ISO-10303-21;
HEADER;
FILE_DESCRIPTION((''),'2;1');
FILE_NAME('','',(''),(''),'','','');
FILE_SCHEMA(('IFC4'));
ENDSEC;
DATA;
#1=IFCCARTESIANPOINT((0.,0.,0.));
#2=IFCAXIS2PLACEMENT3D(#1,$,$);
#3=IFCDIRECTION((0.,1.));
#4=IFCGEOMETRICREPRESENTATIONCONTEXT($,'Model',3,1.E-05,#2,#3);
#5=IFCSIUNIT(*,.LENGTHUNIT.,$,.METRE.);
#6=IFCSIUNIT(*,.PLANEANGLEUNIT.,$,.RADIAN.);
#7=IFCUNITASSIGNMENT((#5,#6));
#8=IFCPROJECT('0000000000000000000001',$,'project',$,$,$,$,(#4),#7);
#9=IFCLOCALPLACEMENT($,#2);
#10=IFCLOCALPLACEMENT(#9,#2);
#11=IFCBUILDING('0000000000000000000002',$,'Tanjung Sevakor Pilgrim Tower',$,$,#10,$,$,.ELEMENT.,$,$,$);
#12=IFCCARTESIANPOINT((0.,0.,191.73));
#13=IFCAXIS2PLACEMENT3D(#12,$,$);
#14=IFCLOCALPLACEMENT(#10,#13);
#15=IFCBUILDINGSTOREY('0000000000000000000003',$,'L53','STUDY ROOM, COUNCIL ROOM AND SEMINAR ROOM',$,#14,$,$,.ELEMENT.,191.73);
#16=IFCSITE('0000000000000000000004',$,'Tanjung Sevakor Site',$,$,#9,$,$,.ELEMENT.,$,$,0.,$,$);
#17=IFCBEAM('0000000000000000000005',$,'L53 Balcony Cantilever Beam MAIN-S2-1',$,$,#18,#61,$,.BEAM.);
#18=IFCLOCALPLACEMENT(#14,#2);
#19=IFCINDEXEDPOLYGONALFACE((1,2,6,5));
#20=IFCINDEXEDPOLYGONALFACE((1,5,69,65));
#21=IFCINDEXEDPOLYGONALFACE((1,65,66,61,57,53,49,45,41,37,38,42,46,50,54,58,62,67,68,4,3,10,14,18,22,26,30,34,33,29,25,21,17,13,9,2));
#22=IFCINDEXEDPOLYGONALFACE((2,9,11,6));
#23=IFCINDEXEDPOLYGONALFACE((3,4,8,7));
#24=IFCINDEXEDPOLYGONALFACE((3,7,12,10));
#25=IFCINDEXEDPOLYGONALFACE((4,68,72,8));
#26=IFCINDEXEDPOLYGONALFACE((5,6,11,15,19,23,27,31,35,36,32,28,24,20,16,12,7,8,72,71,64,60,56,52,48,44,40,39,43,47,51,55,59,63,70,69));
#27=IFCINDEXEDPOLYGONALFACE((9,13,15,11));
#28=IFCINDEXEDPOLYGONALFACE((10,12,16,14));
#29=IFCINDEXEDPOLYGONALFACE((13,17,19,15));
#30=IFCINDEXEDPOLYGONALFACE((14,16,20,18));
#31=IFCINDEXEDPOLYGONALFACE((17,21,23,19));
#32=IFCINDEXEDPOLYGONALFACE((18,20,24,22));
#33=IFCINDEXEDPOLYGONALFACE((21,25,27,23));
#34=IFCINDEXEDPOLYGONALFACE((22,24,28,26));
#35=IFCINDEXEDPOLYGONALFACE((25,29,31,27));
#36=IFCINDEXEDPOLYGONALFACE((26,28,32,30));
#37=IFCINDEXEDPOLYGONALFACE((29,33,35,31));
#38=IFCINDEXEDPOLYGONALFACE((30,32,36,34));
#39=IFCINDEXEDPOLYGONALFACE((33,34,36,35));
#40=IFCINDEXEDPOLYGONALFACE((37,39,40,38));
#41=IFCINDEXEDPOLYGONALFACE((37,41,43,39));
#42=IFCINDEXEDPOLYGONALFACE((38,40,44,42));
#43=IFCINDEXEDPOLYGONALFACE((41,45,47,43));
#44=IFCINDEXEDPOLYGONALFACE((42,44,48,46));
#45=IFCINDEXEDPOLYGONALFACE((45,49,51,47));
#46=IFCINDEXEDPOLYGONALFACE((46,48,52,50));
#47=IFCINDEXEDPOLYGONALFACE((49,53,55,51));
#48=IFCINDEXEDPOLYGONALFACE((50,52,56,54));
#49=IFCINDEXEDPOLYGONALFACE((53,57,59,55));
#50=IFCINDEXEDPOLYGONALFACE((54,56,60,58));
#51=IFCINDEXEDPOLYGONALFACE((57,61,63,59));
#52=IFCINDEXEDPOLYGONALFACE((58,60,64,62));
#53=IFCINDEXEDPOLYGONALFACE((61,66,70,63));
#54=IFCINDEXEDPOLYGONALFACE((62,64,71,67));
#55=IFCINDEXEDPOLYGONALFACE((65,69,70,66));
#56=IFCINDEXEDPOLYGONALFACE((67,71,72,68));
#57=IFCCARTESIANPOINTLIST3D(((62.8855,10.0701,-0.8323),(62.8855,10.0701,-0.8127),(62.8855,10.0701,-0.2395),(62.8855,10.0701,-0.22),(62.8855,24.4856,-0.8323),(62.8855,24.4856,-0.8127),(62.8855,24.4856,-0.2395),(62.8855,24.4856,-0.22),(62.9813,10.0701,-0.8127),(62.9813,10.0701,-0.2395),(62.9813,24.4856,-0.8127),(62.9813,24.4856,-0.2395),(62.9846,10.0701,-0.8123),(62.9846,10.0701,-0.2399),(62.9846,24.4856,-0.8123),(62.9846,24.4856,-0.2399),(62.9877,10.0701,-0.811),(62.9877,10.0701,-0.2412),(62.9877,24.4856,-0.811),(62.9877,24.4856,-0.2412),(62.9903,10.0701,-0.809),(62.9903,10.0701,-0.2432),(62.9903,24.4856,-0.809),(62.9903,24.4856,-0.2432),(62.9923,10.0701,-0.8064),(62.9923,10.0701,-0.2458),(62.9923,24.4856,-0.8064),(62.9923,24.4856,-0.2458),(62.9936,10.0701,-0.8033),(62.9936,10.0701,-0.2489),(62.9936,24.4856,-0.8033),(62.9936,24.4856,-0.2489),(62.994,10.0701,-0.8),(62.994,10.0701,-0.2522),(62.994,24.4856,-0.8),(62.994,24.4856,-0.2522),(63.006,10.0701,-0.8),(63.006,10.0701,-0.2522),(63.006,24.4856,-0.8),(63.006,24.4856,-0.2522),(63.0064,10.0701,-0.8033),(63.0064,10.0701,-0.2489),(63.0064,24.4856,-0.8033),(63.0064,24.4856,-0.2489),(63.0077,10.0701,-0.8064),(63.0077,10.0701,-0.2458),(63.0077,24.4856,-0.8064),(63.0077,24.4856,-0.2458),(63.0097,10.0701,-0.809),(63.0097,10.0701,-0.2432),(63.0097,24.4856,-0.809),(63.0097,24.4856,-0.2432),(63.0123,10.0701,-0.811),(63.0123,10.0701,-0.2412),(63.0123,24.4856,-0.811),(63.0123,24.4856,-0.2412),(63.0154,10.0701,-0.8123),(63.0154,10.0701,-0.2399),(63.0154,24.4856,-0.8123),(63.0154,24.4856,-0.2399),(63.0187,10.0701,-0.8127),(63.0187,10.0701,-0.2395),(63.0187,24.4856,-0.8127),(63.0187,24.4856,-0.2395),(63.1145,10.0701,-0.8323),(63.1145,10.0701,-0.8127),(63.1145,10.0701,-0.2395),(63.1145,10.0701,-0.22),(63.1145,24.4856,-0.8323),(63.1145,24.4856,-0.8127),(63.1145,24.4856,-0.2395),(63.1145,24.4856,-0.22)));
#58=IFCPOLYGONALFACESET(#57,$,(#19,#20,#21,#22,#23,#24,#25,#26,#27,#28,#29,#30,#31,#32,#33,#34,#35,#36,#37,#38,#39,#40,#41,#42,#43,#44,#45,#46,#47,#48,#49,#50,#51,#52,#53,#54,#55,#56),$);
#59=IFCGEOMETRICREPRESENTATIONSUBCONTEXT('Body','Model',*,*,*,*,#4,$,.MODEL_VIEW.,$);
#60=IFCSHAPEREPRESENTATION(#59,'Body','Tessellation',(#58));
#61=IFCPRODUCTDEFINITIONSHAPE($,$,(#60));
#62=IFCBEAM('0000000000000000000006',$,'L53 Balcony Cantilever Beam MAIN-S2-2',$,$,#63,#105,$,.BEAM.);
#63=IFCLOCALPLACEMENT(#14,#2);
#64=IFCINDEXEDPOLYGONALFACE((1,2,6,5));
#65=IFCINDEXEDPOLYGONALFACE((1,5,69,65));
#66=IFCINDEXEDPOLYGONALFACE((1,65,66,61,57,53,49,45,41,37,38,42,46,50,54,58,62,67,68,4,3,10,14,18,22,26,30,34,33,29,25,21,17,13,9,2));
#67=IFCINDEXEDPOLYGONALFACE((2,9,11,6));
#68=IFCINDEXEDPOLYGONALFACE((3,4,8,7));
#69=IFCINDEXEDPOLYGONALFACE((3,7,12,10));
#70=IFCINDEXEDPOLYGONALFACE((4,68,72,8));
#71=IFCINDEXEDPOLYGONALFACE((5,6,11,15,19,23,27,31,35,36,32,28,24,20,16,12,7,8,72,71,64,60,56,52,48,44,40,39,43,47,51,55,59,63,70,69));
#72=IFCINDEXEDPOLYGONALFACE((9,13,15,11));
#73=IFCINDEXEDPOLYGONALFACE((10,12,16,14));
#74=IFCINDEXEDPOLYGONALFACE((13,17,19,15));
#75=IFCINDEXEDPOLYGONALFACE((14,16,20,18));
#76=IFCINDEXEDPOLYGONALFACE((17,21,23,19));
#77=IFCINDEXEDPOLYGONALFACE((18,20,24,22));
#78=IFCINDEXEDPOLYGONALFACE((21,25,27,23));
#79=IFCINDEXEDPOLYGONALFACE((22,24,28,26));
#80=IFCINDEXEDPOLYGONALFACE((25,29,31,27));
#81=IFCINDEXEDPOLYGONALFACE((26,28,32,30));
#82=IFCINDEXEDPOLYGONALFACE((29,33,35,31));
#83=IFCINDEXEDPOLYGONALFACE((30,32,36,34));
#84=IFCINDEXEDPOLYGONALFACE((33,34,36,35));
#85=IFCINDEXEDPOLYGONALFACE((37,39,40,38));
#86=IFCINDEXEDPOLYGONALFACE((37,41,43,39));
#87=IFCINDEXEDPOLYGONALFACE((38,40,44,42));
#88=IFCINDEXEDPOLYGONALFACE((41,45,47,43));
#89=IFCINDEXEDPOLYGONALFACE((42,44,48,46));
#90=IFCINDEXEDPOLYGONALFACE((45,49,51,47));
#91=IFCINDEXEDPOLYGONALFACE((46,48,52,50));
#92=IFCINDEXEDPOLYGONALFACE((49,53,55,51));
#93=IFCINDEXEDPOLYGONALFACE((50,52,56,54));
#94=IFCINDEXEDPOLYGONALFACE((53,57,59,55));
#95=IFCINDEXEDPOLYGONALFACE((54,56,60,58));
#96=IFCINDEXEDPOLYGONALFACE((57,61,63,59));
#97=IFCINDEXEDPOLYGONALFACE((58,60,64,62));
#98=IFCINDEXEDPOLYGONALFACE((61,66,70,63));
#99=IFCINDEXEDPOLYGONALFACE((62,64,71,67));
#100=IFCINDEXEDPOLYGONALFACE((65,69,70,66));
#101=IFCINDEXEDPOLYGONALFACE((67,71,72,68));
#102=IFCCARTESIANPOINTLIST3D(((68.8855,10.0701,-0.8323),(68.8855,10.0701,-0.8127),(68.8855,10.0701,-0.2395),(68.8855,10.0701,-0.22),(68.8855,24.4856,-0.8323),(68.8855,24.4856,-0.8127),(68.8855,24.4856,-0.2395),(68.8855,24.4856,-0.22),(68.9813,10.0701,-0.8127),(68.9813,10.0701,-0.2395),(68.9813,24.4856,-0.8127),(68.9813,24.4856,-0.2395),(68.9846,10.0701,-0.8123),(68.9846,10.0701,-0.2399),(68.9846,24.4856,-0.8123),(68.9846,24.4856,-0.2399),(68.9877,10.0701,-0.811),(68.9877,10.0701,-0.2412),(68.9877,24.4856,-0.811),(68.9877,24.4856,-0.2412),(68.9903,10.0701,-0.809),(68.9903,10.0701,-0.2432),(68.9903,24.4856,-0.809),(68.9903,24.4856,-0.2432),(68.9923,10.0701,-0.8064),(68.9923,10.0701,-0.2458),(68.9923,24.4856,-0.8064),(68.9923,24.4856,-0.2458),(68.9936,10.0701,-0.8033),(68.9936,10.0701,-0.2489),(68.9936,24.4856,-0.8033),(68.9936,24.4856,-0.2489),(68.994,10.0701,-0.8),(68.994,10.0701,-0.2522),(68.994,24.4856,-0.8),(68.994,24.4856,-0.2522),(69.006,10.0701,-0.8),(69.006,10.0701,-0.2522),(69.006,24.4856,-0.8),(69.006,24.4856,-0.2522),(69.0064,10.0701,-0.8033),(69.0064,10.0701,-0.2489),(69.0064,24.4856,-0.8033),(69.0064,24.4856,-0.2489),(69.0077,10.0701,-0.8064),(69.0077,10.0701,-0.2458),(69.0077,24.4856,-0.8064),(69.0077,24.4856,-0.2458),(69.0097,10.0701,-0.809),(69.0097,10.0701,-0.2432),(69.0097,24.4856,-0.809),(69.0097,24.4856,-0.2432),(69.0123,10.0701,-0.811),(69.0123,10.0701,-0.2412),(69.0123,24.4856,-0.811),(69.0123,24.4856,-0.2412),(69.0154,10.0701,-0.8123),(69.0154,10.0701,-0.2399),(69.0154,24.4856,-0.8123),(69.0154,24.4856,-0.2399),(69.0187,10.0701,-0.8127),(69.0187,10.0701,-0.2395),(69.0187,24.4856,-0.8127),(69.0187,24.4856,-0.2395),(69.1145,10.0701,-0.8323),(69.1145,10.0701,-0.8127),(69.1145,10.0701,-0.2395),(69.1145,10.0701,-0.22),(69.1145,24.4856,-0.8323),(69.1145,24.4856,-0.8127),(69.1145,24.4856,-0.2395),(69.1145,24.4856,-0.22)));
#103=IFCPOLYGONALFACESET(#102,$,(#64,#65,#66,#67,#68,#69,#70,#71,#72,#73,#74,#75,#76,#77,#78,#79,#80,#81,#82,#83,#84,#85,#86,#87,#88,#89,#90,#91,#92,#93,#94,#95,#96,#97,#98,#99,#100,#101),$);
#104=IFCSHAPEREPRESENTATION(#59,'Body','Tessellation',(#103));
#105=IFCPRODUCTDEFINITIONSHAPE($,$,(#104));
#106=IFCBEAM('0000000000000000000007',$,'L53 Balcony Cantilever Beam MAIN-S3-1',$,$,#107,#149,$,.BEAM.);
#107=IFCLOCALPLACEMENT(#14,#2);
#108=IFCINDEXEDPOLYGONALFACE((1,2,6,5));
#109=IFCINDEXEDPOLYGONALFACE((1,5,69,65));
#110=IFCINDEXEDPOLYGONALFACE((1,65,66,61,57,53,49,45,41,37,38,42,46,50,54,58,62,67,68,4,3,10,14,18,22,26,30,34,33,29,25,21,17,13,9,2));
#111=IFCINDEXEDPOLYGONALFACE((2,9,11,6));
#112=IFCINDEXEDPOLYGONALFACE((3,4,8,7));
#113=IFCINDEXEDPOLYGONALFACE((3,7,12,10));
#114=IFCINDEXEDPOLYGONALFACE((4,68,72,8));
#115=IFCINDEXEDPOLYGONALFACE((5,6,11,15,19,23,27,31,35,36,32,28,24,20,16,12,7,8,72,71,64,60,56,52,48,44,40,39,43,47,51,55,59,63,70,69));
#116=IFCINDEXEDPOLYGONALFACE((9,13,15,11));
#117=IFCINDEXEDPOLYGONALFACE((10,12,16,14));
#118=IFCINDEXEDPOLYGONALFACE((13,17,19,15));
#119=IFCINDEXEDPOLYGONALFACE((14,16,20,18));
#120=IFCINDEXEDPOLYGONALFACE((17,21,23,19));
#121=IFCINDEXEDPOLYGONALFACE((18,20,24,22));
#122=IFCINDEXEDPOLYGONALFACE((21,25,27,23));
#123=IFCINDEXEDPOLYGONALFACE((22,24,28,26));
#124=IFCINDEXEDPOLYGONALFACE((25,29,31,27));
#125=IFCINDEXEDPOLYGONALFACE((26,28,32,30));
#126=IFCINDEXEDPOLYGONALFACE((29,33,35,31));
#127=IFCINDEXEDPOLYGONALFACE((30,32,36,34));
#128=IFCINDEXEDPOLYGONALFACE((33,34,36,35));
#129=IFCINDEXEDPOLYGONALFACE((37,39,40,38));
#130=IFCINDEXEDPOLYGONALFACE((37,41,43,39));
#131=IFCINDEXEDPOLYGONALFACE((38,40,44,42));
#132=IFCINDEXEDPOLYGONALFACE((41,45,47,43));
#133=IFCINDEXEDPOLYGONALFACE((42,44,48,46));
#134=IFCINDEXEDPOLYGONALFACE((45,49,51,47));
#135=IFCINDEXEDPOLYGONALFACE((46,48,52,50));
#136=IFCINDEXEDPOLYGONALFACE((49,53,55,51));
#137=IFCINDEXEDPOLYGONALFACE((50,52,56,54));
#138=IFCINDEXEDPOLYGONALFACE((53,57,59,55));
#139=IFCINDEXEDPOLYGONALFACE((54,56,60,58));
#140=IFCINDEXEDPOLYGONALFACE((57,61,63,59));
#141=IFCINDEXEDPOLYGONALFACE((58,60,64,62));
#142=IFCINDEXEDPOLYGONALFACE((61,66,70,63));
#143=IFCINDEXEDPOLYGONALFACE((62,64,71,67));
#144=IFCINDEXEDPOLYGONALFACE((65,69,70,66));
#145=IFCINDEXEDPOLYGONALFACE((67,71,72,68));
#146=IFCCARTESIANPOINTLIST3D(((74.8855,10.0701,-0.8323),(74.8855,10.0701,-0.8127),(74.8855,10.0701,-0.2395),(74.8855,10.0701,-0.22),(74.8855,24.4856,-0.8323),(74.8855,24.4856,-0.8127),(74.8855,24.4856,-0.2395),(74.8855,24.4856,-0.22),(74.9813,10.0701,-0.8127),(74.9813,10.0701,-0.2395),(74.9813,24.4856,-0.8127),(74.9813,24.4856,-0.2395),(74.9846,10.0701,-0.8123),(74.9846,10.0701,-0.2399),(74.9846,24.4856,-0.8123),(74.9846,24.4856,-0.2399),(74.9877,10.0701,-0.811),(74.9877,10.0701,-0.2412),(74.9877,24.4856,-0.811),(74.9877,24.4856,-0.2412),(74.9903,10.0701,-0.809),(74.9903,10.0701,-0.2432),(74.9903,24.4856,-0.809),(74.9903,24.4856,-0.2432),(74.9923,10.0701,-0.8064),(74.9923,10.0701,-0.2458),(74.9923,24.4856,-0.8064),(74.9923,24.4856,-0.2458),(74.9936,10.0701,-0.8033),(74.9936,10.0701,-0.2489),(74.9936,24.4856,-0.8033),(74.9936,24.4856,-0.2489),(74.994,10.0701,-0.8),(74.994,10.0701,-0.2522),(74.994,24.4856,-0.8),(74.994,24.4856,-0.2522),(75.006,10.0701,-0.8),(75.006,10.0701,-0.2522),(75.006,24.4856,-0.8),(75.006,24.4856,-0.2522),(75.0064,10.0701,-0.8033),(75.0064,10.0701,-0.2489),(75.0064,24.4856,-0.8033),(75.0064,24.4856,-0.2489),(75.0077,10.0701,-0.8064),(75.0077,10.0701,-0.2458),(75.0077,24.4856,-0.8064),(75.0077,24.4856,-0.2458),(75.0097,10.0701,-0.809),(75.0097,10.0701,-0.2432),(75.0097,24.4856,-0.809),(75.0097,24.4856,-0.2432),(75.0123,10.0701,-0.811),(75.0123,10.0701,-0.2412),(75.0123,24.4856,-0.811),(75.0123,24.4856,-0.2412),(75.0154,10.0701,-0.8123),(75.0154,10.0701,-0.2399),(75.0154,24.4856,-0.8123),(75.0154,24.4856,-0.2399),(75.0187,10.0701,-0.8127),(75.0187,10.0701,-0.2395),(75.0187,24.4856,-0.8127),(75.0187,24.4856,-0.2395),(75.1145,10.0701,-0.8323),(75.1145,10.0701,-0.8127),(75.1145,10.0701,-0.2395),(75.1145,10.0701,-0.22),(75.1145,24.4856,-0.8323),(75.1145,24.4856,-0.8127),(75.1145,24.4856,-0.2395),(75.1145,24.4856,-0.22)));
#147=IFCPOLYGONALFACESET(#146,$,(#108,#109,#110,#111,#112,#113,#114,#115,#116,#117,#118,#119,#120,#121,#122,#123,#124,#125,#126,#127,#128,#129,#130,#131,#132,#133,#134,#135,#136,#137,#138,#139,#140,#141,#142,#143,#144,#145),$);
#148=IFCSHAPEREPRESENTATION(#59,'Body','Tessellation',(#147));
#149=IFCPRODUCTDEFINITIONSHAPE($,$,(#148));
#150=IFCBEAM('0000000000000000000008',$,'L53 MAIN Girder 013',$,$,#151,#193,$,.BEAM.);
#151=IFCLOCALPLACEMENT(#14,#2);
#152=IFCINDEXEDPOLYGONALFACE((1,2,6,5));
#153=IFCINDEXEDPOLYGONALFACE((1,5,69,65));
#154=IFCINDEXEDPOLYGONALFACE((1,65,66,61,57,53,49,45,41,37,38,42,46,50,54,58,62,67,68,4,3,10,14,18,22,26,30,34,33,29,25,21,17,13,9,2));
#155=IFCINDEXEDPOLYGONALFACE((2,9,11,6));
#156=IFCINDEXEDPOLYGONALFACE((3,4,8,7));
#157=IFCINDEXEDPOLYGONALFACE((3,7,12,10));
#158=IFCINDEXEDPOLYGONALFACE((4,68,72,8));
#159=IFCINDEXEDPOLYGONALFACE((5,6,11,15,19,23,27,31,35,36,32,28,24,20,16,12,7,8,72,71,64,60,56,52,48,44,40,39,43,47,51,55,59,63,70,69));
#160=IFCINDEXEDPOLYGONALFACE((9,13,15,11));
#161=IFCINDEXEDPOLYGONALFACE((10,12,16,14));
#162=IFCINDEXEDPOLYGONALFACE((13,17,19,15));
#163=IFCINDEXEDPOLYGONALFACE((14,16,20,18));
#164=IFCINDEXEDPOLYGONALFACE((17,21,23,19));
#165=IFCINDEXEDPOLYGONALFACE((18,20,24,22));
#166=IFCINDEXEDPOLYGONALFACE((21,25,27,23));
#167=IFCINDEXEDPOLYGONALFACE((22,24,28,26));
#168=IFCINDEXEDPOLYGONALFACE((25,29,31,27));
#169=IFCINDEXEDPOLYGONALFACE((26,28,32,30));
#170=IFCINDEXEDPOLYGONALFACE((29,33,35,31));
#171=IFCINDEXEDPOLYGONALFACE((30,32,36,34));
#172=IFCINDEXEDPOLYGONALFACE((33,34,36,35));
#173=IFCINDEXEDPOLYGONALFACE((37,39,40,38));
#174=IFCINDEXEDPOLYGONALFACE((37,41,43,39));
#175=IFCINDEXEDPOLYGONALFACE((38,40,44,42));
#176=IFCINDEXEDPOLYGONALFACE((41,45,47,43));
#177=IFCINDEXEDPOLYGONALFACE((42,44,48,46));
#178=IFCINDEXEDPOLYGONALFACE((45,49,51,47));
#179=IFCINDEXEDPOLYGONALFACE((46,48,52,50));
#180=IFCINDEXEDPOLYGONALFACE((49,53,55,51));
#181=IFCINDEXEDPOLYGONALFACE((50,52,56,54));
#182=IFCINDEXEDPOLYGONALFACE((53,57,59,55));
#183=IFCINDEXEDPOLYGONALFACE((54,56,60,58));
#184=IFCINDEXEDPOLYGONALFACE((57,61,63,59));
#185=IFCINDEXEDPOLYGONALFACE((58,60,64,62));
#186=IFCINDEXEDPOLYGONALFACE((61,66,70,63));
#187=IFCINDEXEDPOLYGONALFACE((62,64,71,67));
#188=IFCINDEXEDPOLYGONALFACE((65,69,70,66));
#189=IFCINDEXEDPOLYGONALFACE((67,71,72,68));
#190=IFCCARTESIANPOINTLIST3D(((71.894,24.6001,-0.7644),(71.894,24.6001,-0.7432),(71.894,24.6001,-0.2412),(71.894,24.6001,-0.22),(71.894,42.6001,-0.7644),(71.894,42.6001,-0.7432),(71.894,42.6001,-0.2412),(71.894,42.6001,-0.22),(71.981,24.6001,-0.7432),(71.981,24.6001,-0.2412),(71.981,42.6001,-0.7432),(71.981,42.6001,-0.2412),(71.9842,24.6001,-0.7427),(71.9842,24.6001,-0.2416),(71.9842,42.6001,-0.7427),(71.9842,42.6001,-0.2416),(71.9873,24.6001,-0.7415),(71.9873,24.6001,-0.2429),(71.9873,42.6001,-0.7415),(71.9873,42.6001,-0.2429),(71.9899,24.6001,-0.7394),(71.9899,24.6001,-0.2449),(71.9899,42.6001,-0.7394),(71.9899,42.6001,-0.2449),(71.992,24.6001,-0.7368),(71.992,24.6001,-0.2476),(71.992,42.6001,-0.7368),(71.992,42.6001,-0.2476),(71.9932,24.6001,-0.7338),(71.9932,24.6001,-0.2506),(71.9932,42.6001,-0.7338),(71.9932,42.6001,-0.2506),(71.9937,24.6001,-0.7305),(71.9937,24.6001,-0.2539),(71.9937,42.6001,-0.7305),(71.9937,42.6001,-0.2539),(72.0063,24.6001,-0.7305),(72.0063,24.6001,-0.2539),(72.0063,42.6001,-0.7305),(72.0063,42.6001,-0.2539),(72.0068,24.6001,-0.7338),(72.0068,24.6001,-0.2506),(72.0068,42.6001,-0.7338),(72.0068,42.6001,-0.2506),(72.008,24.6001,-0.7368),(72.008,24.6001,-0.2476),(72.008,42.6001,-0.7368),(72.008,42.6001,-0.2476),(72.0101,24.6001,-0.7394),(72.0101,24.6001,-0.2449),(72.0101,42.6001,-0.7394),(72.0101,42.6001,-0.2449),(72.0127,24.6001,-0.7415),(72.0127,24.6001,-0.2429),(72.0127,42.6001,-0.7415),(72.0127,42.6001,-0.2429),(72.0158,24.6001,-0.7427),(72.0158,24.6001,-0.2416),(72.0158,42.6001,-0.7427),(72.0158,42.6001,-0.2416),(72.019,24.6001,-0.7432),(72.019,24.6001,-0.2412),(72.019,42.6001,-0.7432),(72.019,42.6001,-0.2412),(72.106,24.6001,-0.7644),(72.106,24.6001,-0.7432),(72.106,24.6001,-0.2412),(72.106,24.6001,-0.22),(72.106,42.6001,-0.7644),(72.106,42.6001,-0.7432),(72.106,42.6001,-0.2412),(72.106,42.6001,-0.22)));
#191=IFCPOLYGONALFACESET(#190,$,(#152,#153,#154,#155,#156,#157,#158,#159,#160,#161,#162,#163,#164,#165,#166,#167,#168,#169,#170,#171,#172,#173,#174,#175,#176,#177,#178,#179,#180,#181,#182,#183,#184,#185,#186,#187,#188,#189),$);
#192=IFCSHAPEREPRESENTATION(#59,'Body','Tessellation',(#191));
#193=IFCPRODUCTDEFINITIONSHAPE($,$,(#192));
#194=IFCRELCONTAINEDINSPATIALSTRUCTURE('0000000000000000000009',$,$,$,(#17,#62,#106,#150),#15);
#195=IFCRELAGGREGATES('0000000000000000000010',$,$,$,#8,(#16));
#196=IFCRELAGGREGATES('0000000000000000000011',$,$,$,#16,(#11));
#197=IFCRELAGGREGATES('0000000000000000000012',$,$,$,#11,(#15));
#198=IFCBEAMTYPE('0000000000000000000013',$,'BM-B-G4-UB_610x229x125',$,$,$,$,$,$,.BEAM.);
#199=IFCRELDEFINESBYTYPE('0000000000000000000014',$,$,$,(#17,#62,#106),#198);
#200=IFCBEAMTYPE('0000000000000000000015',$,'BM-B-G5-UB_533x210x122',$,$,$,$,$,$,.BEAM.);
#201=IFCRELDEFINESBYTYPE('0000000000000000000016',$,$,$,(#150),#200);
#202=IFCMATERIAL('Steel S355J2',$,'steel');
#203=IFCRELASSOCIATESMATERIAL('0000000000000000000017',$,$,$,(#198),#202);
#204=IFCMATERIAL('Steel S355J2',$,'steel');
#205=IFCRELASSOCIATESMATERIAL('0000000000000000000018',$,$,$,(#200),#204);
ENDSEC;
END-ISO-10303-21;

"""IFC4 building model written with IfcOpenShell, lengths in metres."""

from ifc_helpers import new_model, si_unit, direction, frame, origin, origin_2d, place, context, subcontext, project, spatial, i_section, extrude, material, material_profile, profile_set, type_object, element, save


model = new_model("IFC4")

# Units and contexts
model_context = context("Model", 3, precision=1e-05, world=origin(), true_north=direction((0.0, 1.0)))
body_context = subcontext(model_context, "Body", "Model", "MODEL_VIEW")
ifc_project = project(units=[si_unit("LENGTHUNIT", "METRE"), si_unit("PLANEANGLEUNIT", "RADIAN")], contexts=[model_context])

# Site, building, storey
site_placement = place(None, origin())
site = spatial("IfcSite", under=ifc_project, at=site_placement, Name="Tanjung Sevakor Site", CompositionType="ELEMENT", RefElevation=0.0)
building_placement = place(site_placement, origin())
building = spatial("IfcBuilding", under=site, at=building_placement, Name="Tanjung Sevakor Pilgrim Tower", CompositionType="ELEMENT")
storey_placement = place(building_placement, frame((0.0, 0.0, 191.73)))
storey = spatial("IfcBuildingStorey", under=building, at=storey_placement, Name="L53", Description="STUDY ROOM, COUNCIL ROOM AND SEMINAR ROOM", CompositionType="ELEMENT", Elevation=191.73)

# Beams
ifc_material_1 = material(Name="Steel S355J2", Category="steel")
ifc_material_profile_1 = material_profile(ifc_material_1, i_section(OverallWidth=0.229, OverallDepth=0.6123, WebThickness=0.012, FlangeThickness=0.0195, FilletRadius=0.0127, at=origin_2d()))
ifc_profile_set_1 = profile_set([ifc_material_profile_1], Name="Steel S355J2")
beam_type_1 = type_object("IfcBeamType", Name="BM-B-G4-UB_610x229x125", PredefinedType="BEAM", material=ifc_profile_set_1)
for number, where, z_axis, x_axis, name in (
    (1, (63.0, 24.4856, -0.5261), (0.0, -1.0, 0.0), (1.0, 0.0, 0.0), "L53 Balcony Cantilever Beam MAIN-S2-1"),
    (2, (69.0, 24.4856, -0.5261), (0.0, -1.0, 0.0), (1.0, 0.0, 0.0), "L53 Balcony Cantilever Beam MAIN-S2-2"),
    (3, (75.0, 24.4856, -0.5261), (0.0, -1.0, 0.0), (1.0, 0.0, 0.0), "L53 Balcony Cantilever Beam MAIN-S3-1"),
):
    element("IfcBeam", number, at=place(storey_placement, frame(where, z_axis=z_axis, x_axis=x_axis)), inside=storey, type_object=beam_type_1, Name=name, PredefinedType="BEAM", context=body_context, shape_type="SweptSolid", body=[
        extrude(i_section(OverallWidth=0.229, OverallDepth=0.6123, WebThickness=0.012, FlangeThickness=0.0195, FilletRadius=0.0127, at=origin_2d()), origin(), (0.0, 0.0, 1.0), 14.4155),
    ])
ifc_material_2 = material(Name="Steel S355J2", Category="steel")
ifc_material_profile_2 = material_profile(ifc_material_2, i_section(OverallWidth=0.2119, OverallDepth=0.5444, WebThickness=0.0127, FlangeThickness=0.0212, FilletRadius=0.0127, at=origin_2d()))
ifc_profile_set_2 = profile_set([ifc_material_profile_2], Name="Steel S355J2")
beam_type_2 = type_object("IfcBeamType", Name="BM-B-G5-UB_533x210x122", PredefinedType="BEAM", material=ifc_profile_set_2)
beam_1_placement = place(storey_placement, frame((72.0, 24.6001, -0.4922), z_axis=(0.0, 1.0, 0.0), x_axis=(-1.0, 0.0, 0.0)))
element("IfcBeam", 4, at=beam_1_placement, inside=storey, type_object=beam_type_2, Name="L53 MAIN Girder 013", PredefinedType="BEAM", context=body_context, shape_type="SweptSolid", body=[
    extrude(i_section(OverallWidth=0.2119, OverallDepth=0.5444, WebThickness=0.0127, FlangeThickness=0.0212, FilletRadius=0.0127, at=origin_2d()), origin(), (0.0, 0.0, 1.0), 18.0),
])

save(model, "model.ifc")
